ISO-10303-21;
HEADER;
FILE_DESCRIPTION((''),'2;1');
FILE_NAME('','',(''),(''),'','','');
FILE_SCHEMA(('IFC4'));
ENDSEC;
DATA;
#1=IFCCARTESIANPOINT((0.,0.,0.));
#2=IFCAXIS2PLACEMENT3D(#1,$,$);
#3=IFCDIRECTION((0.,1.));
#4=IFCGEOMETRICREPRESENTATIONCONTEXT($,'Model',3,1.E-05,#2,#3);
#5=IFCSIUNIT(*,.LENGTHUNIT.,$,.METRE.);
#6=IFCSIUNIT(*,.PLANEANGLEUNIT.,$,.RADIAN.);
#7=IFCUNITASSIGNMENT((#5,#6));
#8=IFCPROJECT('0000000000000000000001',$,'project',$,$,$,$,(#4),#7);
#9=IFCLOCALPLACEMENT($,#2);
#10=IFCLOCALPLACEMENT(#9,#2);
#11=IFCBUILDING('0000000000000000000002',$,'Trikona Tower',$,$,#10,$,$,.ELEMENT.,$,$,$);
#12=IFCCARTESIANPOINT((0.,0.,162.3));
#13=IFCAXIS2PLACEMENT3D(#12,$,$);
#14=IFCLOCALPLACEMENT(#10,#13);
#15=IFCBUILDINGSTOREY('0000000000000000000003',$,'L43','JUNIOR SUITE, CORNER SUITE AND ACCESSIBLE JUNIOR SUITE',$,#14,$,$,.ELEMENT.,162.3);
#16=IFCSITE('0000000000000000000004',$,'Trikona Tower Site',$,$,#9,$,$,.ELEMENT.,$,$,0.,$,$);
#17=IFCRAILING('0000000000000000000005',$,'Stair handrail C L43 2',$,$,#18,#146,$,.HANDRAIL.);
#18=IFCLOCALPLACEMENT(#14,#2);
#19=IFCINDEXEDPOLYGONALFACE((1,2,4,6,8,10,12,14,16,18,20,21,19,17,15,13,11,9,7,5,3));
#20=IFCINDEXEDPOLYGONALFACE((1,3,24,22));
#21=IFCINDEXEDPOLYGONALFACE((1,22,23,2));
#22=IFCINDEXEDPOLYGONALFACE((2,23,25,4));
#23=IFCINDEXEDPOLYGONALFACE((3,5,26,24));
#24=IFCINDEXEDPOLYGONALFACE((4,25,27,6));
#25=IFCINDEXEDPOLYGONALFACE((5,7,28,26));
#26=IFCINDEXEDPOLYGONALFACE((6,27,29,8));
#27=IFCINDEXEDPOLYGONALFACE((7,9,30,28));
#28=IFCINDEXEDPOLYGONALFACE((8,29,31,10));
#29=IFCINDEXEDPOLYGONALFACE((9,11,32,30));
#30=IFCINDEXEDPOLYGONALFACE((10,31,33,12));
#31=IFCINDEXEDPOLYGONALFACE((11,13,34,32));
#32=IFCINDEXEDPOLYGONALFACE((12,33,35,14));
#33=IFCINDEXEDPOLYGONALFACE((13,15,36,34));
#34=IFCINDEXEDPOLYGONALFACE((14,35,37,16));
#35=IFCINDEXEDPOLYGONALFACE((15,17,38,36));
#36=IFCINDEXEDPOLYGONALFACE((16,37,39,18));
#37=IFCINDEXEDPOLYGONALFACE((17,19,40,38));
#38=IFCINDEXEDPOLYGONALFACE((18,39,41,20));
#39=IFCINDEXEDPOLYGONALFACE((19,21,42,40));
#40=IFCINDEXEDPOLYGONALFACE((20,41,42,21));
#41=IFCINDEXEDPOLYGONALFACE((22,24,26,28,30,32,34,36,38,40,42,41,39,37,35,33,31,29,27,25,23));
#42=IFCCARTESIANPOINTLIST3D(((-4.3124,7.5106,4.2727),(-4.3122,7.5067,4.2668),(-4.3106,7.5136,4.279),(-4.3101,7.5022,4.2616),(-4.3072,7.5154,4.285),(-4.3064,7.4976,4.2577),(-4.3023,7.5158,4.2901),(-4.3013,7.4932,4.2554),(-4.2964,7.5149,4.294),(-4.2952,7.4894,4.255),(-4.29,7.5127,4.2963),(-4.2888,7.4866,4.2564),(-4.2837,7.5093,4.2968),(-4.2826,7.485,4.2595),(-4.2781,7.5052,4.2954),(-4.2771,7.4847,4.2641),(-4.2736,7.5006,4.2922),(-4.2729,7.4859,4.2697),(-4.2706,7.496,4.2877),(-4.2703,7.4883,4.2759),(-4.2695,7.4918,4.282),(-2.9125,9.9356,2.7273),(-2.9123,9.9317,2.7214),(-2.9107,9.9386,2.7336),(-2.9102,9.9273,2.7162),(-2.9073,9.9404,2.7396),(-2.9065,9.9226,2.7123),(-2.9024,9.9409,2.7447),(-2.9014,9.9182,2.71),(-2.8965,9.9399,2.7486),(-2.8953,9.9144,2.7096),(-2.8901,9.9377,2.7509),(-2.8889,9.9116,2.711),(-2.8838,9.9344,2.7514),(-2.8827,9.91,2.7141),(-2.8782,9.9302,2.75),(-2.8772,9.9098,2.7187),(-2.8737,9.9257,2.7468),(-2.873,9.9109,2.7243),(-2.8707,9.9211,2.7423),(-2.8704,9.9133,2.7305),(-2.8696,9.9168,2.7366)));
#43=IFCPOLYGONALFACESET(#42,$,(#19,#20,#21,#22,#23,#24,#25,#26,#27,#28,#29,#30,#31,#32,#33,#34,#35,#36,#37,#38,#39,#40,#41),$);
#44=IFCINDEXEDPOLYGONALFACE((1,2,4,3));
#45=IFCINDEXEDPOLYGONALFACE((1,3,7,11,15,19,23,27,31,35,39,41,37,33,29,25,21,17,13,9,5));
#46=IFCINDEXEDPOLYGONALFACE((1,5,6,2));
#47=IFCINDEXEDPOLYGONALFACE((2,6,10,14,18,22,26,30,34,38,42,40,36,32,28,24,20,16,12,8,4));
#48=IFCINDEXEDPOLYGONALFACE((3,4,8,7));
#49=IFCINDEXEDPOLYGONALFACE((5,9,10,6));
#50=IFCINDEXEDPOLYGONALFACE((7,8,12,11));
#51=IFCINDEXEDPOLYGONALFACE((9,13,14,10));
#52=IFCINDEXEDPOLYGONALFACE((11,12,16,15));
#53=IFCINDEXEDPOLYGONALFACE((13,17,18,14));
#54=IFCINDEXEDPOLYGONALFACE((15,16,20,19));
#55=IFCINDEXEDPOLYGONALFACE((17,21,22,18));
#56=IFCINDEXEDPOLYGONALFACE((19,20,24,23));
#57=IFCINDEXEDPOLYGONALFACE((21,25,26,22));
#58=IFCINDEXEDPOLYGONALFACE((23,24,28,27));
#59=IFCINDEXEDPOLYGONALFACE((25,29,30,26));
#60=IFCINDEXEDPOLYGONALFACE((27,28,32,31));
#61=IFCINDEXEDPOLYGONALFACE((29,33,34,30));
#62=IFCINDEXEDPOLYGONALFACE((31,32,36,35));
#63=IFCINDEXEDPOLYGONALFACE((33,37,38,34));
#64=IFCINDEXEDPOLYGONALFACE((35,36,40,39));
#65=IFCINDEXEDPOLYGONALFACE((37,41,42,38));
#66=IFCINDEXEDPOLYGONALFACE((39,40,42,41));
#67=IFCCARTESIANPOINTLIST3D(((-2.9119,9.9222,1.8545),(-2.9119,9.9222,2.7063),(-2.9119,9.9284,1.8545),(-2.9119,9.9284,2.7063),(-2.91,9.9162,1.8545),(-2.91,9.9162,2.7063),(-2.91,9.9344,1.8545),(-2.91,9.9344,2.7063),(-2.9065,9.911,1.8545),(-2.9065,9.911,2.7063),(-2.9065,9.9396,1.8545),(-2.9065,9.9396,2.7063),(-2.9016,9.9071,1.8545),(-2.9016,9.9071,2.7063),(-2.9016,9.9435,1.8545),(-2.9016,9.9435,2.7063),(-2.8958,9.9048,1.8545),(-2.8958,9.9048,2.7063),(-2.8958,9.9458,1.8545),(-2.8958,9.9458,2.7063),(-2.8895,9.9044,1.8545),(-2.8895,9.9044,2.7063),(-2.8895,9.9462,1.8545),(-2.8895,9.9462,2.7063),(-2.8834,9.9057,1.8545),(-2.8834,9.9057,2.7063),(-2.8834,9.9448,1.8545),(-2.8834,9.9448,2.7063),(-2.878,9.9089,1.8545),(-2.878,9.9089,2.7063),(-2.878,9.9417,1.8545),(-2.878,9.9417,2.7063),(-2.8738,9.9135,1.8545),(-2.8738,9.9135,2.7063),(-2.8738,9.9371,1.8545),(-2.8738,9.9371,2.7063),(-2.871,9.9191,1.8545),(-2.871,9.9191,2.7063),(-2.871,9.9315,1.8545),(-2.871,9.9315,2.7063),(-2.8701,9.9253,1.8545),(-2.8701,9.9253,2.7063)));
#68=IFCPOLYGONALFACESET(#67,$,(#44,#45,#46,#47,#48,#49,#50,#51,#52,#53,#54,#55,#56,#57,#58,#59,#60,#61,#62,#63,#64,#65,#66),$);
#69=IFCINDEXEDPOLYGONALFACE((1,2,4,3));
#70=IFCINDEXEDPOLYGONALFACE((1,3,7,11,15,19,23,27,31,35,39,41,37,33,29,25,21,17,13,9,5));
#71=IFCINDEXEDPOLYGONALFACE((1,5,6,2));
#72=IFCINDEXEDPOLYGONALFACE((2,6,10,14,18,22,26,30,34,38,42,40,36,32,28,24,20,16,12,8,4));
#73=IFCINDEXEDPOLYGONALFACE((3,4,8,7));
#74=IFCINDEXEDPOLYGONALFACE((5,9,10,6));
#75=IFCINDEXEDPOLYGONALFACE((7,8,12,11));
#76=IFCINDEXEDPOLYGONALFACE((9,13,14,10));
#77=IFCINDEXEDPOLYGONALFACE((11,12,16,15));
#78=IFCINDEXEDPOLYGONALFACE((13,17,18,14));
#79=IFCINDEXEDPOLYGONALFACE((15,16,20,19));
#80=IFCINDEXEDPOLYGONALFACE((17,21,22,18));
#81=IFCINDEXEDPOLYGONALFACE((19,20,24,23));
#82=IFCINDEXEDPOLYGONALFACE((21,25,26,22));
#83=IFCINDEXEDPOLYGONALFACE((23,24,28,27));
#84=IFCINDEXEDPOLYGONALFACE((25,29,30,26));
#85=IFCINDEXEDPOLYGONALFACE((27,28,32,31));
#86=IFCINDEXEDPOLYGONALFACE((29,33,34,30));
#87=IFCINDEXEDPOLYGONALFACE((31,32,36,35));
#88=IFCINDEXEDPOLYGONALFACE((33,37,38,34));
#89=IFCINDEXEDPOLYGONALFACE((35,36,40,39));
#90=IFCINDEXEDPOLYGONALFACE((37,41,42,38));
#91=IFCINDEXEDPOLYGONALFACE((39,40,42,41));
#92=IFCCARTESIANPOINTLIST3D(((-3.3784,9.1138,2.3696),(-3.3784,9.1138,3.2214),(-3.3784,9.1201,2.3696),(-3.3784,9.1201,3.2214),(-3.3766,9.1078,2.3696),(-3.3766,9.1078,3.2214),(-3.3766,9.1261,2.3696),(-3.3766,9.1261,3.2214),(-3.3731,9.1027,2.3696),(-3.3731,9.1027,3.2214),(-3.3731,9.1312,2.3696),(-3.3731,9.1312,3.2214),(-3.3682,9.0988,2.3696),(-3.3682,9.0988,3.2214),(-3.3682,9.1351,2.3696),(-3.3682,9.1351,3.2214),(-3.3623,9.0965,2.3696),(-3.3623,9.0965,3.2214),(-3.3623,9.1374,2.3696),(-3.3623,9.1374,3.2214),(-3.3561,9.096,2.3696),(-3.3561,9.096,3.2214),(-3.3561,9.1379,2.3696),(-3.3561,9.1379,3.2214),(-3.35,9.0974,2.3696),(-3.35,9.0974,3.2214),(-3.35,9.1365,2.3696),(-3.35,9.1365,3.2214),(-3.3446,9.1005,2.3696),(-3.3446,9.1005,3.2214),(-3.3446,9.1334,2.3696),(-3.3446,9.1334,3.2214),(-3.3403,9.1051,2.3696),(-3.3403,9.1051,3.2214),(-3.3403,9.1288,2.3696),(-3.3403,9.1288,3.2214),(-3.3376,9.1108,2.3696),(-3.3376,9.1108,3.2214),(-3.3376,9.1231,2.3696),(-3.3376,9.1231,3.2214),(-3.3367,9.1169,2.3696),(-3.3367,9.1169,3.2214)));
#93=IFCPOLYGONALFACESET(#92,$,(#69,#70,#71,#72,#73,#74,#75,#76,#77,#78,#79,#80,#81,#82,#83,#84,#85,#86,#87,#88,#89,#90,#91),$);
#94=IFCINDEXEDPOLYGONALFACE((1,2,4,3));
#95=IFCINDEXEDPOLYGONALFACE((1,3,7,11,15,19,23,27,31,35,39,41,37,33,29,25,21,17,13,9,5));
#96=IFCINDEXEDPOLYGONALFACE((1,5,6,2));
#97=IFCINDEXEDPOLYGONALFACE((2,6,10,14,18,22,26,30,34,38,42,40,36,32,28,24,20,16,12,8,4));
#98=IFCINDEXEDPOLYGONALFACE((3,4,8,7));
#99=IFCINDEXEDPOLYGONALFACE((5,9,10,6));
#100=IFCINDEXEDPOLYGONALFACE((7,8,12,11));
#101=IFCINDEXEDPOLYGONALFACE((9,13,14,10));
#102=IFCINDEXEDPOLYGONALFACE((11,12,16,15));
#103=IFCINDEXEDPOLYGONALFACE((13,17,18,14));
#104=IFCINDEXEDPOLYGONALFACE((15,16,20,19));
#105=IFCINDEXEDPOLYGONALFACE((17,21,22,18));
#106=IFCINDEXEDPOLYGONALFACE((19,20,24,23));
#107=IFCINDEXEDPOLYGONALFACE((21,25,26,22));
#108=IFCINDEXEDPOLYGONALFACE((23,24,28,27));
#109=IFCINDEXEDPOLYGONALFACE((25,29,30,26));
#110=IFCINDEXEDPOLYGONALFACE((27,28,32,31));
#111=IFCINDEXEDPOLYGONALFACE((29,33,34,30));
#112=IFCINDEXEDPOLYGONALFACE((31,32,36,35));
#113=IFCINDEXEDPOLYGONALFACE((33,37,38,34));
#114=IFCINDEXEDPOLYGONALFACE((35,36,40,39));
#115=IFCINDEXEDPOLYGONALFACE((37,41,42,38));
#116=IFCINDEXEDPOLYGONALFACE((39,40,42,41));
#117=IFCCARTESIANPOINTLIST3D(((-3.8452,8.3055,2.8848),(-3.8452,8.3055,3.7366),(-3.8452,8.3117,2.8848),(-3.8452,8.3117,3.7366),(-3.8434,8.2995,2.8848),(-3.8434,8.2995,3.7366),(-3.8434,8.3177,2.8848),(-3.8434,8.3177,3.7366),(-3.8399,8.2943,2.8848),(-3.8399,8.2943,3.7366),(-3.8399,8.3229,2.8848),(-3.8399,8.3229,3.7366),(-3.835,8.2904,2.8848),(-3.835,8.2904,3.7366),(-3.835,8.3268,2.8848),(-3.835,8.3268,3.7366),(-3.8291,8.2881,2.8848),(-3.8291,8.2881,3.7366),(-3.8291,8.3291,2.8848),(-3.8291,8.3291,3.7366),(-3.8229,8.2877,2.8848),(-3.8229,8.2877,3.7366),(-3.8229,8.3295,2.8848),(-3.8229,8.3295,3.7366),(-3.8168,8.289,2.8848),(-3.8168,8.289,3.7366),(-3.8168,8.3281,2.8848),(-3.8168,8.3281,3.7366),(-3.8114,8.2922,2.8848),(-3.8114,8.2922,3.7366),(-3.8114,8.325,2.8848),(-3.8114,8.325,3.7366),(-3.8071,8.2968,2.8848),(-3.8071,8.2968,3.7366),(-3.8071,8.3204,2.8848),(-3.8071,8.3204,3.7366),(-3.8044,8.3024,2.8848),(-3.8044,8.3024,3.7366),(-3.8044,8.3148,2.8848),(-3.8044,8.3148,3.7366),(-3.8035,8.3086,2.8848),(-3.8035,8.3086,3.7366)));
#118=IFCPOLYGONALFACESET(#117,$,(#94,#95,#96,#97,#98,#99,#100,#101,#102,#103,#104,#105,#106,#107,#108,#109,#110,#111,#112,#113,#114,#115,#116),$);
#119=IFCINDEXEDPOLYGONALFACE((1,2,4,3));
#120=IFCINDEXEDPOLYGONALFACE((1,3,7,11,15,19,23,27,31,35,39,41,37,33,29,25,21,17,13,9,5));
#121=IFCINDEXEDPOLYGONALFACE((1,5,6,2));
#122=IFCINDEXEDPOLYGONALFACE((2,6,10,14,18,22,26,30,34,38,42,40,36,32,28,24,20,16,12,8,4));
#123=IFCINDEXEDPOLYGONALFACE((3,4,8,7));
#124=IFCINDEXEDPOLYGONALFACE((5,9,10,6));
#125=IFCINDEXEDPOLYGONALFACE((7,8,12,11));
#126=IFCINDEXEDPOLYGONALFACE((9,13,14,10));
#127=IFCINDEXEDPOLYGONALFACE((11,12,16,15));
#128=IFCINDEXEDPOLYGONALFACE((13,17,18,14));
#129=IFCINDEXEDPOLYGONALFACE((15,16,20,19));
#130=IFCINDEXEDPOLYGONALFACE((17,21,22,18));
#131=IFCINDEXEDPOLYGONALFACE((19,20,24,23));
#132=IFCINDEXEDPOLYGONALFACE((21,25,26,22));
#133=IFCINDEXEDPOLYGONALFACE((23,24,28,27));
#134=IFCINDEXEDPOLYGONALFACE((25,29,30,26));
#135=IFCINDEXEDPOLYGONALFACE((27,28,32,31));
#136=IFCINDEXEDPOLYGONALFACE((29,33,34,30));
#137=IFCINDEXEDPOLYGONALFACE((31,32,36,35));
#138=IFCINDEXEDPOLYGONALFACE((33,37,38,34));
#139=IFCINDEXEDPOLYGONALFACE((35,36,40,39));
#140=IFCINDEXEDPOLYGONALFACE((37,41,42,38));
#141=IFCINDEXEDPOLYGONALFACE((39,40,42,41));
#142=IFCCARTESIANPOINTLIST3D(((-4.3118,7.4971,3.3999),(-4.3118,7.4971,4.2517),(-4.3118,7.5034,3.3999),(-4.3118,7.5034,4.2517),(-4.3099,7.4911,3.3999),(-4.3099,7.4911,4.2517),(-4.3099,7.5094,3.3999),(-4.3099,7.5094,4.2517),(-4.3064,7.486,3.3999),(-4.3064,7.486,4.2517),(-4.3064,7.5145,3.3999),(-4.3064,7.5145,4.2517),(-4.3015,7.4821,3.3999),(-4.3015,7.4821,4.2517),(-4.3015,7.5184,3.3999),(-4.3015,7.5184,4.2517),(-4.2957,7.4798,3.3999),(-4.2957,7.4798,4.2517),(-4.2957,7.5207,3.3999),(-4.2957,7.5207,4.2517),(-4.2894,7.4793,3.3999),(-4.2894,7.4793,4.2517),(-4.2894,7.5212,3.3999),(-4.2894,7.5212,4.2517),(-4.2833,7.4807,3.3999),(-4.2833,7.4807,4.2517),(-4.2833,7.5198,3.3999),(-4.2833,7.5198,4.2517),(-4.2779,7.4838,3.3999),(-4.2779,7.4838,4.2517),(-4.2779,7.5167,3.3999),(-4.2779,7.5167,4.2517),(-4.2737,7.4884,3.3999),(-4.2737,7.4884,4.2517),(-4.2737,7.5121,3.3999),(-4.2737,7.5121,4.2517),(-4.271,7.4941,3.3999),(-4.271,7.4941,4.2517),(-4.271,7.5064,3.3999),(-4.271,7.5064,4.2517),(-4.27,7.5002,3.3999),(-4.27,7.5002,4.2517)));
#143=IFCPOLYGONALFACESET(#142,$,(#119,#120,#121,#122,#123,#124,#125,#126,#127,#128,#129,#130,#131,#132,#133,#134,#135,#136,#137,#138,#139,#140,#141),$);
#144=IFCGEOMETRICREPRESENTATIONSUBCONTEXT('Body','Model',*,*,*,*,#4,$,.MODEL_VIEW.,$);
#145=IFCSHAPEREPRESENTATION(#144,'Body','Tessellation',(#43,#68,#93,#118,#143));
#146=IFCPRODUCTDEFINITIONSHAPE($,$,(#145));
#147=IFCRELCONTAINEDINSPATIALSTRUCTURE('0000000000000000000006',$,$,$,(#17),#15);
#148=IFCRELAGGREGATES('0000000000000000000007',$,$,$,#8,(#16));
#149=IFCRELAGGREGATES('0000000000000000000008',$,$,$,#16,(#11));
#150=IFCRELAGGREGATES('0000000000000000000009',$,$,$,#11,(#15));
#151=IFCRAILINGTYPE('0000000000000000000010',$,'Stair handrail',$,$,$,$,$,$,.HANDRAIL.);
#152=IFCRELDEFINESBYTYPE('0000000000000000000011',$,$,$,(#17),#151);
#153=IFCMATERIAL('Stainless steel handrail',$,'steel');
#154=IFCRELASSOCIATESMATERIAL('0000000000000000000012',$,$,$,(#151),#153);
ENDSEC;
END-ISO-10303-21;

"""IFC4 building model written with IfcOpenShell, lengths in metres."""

from ifc_helpers import new_model, si_unit, direction, frame, origin, origin_2d, place, context, subcontext, project, spatial, circle, extrude, material, type_object, element, save


model = new_model("IFC4")

# Units and contexts
model_context = context("Model", 3, precision=1e-05, world=origin(), true_north=direction((0.0, 1.0)))
body_context = subcontext(model_context, "Body", "Model", "MODEL_VIEW")
ifc_project = project(units=[si_unit("LENGTHUNIT", "METRE"), si_unit("PLANEANGLEUNIT", "RADIAN")], contexts=[model_context])

# Site, building, storey
site_placement = place(None, origin())
site = spatial("IfcSite", under=ifc_project, at=site_placement, Name="Trikona Tower Site", CompositionType="ELEMENT", RefElevation=0.0)
building_placement = place(site_placement, origin())
building = spatial("IfcBuilding", under=site, at=building_placement, Name="Trikona Tower", CompositionType="ELEMENT")
storey_placement = place(building_placement, frame((0.0, 0.0, 162.3)))
storey = spatial("IfcBuildingStorey", under=building, at=storey_placement, Name="L43", Description="JUNIOR SUITE, CORNER SUITE AND ACCESSIBLE JUNIOR SUITE", CompositionType="ELEMENT", Elevation=162.3)

# Railing
ifc_material_1 = material(Name="Stainless steel handrail", Category="steel")
railing_type = type_object("IfcRailingType", Name="Stair handrail", PredefinedType="HANDRAIL", material=ifc_material_1)
railing_1_placement = place(storey_placement, frame((-2.8911, 9.9253, 1.8545)))
element("IfcRailing", 1, at=railing_1_placement, inside=storey, type_object=railing_type, Name="Stair handrail C L43 2", PredefinedType="HANDRAIL", context=body_context, shape_type="SweptSolid", body=[
    extrude(circle(Radius=0.0239, at=origin_2d()), frame((0.0, 0.0, 0.876), z_axis=(-0.437707, -0.75824, 0.483203), x_axis=(0.866056, -0.499946, 0.0)), (0.0, 0.0, 1.0), 3.1982),
    extrude(circle(Radius=0.021, at=origin_2d()), origin(), (0.0, 0.0, 1.0), 0.8518),
    extrude(circle(Radius=0.021, at=origin_2d()), frame((-0.4666, -0.8083, 0.5151)), (0.0, 0.0, 1.0), 0.8518),
    extrude(circle(Radius=0.021, at=origin_2d()), frame((-0.9333, -1.6167, 1.0303)), (0.0, 0.0, 1.0), 0.8518),
    extrude(circle(Radius=0.021, at=origin_2d()), frame((-1.3999, -2.425, 1.5454)), (0.0, 0.0, 1.0), 0.8518),
])

save(model, "model.ifc")
